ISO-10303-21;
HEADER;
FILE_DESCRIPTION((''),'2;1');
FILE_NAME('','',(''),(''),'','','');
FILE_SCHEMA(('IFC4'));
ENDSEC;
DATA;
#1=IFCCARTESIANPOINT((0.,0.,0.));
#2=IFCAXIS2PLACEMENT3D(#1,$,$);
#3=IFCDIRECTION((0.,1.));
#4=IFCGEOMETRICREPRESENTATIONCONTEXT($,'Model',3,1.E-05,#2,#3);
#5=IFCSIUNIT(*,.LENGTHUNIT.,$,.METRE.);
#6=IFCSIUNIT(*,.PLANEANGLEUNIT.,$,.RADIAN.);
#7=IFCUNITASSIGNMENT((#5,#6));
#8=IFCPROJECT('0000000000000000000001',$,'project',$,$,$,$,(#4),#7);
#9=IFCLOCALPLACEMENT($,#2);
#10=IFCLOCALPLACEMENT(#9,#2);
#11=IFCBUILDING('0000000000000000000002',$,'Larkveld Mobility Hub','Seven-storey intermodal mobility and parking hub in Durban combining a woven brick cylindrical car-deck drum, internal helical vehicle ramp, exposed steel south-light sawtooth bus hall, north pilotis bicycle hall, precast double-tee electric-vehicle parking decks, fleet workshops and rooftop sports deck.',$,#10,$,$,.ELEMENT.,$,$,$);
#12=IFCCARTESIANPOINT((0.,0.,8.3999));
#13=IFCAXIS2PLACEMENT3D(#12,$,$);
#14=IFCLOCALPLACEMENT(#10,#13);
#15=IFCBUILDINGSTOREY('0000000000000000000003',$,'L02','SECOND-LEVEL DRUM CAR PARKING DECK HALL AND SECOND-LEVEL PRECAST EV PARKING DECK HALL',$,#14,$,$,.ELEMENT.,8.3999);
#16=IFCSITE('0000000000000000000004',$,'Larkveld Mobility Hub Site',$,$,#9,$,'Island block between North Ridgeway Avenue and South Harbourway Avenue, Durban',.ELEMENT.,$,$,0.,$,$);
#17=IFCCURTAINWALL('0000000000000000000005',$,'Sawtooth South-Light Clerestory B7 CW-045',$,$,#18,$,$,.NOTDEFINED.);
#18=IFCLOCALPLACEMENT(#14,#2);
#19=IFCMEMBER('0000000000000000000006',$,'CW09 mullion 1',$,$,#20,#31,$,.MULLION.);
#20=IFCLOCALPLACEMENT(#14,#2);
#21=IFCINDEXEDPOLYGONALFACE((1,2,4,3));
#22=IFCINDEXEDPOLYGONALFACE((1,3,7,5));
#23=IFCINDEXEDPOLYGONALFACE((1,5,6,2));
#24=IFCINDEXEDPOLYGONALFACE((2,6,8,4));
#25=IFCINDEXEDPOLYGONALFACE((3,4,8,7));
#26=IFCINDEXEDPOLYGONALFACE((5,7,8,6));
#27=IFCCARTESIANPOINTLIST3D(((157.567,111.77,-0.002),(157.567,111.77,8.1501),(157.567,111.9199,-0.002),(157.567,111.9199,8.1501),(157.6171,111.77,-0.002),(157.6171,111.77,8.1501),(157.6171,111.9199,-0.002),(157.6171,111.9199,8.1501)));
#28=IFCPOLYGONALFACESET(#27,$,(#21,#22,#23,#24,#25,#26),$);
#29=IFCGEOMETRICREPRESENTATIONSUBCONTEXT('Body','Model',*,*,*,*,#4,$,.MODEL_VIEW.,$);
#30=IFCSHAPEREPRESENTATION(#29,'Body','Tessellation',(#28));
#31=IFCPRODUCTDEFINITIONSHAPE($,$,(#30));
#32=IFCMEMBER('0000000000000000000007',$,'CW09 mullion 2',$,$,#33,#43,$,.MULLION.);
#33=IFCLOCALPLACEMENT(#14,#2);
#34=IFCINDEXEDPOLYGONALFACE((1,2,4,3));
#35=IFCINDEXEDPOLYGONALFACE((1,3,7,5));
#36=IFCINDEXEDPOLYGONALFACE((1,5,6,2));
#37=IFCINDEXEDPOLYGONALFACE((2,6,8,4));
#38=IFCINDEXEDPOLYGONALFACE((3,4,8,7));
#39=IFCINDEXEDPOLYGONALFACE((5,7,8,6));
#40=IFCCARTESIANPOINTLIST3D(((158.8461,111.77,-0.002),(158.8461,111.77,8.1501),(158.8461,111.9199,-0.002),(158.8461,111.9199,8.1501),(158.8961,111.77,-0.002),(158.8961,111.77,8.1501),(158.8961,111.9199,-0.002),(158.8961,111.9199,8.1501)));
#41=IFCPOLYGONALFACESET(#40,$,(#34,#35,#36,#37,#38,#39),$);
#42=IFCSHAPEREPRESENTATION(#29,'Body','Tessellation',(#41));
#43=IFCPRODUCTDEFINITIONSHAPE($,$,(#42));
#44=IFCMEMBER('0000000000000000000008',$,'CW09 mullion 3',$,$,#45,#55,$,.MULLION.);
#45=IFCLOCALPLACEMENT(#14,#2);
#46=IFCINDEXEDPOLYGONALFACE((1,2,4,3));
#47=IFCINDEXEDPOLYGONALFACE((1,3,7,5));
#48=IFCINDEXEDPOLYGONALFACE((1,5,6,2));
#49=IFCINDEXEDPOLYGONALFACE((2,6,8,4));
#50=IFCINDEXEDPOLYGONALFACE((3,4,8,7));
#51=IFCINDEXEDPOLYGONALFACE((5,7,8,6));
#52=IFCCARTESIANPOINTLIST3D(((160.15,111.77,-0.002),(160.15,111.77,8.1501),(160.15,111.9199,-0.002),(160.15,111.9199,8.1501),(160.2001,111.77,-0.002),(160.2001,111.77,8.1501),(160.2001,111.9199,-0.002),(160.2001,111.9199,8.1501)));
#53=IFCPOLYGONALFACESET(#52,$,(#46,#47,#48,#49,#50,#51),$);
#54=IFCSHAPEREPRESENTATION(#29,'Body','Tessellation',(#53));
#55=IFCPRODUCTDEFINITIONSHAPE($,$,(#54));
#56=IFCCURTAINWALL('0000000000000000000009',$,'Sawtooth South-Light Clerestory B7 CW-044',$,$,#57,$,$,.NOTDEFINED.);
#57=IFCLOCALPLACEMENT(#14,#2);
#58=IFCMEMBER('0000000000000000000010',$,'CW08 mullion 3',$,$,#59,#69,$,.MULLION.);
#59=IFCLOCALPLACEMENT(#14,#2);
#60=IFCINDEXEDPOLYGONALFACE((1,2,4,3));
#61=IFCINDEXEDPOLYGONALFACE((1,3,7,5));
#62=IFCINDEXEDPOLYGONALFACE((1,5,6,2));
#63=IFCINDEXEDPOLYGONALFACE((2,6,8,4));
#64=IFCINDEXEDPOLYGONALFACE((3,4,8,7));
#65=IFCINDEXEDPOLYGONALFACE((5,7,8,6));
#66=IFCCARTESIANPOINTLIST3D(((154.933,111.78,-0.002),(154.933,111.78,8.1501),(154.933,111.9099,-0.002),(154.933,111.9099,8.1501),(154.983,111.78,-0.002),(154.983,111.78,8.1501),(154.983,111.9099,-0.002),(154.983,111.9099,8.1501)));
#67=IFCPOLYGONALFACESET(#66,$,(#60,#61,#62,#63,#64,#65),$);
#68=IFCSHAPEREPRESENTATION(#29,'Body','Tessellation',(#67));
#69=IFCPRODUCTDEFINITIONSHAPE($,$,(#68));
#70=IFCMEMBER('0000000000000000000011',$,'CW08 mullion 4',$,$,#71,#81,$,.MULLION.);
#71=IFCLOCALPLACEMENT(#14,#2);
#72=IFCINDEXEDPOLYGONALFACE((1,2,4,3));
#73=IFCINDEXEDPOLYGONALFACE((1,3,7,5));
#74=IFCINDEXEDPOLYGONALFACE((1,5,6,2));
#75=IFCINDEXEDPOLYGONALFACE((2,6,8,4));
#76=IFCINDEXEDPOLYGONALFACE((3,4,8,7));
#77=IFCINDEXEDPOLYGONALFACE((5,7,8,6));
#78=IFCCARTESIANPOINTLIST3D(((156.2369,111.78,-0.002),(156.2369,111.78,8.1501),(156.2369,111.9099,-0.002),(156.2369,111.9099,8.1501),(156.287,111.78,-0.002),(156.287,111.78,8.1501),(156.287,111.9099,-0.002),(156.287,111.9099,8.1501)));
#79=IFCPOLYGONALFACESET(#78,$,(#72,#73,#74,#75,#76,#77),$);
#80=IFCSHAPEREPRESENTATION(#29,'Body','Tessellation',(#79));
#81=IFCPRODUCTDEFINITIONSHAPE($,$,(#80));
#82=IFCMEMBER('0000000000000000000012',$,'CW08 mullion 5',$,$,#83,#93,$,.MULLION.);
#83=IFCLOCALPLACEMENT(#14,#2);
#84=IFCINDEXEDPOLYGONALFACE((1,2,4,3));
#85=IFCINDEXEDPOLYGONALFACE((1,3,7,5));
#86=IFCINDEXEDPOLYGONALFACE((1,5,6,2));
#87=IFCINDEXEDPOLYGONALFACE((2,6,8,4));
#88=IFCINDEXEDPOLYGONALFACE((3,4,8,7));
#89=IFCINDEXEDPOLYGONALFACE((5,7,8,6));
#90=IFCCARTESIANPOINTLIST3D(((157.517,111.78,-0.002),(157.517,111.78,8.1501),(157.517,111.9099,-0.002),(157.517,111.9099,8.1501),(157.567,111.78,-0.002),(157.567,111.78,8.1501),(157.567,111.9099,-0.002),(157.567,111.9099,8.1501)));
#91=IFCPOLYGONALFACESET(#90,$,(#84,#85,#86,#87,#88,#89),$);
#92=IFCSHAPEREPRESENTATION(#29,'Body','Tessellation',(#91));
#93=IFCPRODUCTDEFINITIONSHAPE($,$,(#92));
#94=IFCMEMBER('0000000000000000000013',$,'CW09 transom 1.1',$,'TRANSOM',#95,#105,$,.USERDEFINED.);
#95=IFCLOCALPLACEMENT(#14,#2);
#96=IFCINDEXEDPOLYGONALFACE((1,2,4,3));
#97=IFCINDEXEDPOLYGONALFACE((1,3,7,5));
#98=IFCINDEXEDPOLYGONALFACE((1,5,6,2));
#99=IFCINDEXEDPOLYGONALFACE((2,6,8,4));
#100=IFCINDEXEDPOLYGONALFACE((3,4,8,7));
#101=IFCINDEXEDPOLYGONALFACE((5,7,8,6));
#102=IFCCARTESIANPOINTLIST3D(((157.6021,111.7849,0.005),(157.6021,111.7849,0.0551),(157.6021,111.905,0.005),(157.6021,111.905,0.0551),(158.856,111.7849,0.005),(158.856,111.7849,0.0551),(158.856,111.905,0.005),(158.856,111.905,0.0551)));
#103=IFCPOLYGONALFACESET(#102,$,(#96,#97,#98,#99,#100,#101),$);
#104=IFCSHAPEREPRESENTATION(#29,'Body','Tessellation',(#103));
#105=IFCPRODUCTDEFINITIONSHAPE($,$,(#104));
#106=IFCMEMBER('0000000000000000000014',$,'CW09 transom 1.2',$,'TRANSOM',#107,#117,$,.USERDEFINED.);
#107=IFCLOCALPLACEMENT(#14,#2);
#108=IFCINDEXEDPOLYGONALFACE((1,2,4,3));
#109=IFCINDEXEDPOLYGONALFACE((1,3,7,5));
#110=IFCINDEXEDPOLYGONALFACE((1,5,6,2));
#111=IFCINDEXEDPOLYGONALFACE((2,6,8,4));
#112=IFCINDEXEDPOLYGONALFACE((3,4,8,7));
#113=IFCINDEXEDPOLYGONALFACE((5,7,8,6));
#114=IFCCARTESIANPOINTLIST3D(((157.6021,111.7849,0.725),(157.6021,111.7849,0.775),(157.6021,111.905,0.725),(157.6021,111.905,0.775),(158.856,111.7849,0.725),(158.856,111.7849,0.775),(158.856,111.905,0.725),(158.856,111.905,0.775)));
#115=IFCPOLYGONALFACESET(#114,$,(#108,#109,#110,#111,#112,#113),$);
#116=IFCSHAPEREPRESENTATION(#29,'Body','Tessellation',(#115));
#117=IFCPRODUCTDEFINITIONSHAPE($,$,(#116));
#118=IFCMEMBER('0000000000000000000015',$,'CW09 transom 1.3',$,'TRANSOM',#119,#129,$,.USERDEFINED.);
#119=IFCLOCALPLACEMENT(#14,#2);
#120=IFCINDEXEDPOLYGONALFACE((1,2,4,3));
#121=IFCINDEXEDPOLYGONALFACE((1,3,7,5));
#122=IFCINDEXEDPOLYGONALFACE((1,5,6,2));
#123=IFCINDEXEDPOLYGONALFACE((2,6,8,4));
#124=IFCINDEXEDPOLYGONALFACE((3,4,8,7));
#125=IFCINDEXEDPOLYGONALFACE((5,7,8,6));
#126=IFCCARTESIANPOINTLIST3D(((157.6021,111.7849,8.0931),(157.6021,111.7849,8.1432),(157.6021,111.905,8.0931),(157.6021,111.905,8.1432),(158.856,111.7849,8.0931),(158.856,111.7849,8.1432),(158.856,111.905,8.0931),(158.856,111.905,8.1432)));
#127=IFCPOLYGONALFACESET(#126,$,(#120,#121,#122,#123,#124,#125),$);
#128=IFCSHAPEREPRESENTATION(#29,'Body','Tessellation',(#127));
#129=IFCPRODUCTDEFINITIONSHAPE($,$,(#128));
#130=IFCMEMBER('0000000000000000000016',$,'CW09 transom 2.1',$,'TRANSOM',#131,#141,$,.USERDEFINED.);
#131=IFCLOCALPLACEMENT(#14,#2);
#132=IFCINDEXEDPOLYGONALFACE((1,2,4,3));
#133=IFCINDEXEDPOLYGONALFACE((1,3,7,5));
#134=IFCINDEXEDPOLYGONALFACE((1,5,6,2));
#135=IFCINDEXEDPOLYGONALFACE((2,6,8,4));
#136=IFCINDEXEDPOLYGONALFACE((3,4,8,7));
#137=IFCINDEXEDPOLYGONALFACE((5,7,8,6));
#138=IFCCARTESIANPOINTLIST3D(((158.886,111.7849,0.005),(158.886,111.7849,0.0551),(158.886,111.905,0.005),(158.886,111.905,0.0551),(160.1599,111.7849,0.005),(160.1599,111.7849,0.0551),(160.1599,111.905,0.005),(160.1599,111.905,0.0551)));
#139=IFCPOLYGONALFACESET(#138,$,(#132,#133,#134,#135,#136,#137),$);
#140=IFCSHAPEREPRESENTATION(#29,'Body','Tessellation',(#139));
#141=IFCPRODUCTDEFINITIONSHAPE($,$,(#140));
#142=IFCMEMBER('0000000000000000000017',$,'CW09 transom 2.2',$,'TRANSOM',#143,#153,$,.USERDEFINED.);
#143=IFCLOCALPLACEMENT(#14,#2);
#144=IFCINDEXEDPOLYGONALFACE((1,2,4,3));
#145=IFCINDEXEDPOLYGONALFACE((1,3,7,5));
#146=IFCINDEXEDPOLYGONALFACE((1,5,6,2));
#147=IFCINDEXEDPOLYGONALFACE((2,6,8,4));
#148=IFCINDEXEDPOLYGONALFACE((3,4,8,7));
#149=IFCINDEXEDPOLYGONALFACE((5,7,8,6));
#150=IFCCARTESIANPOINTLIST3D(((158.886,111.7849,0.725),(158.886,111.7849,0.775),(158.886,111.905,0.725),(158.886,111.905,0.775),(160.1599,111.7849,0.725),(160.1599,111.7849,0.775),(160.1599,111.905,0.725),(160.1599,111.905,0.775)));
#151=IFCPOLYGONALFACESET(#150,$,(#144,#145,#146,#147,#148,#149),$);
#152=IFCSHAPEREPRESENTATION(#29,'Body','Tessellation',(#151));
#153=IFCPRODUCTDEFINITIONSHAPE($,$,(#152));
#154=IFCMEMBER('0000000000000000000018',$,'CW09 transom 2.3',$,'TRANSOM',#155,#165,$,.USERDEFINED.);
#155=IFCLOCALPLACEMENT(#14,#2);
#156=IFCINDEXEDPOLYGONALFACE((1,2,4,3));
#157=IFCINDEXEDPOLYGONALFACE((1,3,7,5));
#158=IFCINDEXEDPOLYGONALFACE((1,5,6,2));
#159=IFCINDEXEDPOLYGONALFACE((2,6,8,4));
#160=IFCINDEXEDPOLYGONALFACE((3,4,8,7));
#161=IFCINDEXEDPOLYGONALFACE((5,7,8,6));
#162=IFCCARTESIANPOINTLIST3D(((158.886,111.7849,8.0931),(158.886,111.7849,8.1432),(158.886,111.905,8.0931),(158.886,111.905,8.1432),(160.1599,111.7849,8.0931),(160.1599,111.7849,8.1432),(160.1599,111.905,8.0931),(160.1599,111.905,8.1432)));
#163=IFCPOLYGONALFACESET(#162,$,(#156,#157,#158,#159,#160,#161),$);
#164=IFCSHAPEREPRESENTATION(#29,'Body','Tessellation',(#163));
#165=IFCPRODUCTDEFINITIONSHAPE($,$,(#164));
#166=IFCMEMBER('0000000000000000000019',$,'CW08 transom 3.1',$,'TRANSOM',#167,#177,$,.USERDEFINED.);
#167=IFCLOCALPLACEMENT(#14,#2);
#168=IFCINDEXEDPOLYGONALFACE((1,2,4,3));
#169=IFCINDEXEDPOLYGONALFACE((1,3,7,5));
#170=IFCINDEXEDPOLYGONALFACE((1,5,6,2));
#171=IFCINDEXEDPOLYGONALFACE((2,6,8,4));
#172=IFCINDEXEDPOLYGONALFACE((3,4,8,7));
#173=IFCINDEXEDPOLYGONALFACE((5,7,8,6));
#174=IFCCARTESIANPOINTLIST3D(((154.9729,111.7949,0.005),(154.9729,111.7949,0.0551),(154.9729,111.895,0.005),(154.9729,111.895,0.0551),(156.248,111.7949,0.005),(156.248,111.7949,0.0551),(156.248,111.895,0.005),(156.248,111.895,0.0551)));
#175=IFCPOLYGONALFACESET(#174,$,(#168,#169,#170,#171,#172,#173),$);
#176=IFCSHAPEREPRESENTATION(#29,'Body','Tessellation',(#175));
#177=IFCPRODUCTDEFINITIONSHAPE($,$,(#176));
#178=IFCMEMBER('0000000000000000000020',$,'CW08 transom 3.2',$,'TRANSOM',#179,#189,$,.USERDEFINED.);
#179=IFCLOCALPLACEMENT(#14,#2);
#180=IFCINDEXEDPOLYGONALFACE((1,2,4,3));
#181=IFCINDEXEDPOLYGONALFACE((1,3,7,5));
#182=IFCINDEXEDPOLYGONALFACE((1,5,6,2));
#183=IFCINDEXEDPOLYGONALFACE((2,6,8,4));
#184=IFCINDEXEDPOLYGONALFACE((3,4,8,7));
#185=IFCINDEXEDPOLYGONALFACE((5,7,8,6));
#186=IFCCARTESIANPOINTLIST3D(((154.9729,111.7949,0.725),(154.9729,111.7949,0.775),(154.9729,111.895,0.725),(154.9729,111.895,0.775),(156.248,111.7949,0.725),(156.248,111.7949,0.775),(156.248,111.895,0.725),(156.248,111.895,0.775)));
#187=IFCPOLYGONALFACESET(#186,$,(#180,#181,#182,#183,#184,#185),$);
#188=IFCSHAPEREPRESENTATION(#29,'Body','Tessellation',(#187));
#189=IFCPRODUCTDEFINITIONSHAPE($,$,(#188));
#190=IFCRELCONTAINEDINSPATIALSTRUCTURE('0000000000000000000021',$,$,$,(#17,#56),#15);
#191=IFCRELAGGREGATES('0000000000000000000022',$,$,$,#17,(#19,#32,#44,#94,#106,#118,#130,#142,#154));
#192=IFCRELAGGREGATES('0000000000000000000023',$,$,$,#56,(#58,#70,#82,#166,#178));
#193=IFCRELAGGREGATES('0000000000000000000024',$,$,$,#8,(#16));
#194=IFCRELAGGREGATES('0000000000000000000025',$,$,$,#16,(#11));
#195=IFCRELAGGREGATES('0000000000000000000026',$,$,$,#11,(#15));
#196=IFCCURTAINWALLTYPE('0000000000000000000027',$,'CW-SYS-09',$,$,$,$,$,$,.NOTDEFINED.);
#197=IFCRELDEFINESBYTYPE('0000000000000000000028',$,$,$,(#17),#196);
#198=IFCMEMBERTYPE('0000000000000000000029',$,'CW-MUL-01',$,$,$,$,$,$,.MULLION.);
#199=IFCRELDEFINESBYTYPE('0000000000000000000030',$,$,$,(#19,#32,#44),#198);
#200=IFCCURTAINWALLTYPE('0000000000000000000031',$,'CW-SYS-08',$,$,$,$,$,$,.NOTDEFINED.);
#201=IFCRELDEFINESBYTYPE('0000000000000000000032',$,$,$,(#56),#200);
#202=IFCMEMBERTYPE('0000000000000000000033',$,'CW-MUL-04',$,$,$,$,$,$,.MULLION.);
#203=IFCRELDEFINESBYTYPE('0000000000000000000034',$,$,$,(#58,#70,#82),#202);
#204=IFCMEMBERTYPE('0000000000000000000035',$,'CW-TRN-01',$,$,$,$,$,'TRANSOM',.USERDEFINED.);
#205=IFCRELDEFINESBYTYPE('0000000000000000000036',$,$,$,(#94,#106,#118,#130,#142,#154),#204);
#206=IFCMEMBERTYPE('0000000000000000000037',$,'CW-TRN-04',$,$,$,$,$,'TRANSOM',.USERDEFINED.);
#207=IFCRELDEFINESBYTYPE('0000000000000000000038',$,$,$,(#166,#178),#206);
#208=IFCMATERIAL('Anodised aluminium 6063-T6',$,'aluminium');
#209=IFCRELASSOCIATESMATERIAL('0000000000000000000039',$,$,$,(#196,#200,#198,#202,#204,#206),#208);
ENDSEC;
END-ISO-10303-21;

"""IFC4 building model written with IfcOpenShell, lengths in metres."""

from ifc_helpers import new_model, si_unit, direction, frame, origin, origin_2d, place, context, subcontext, project, spatial, rectangle, extrude, material, material_profile, profile_set, type_object, element, aggregate, save


model = new_model("IFC4")

# Units and contexts
model_context = context("Model", 3, precision=1e-05, world=origin(), true_north=direction((0.0, 1.0)))
body_context = subcontext(model_context, "Body", "Model", "MODEL_VIEW")
ifc_project = project(units=[si_unit("LENGTHUNIT", "METRE"), si_unit("PLANEANGLEUNIT", "RADIAN")], contexts=[model_context])

# Site, building, storey
site_placement = place(None, origin())
site = spatial("IfcSite", under=ifc_project, at=site_placement, Name="Larkveld Mobility Hub Site", LongName="Island block between North Ridgeway Avenue and South Harbourway Avenue, Durban", CompositionType="ELEMENT", RefElevation=0.0)
building_placement = place(site_placement, origin())
building = spatial("IfcBuilding", under=site, at=building_placement, Name="Larkveld Mobility Hub", Description="Seven-storey intermodal mobility and parking hub in Durban combining a woven brick cylindrical car-deck drum, internal helical vehicle ramp, exposed steel south-light sawtooth bus hall, north pilotis bicycle hall, precast double-tee electric-vehicle parking decks, fleet workshops and rooftop sports deck.", CompositionType="ELEMENT")
storey_placement = place(building_placement, frame((0.0, 0.0, 8.3999)))
storey = spatial("IfcBuildingStorey", under=building, at=storey_placement, Name="L02", Description="SECOND-LEVEL DRUM CAR PARKING DECK HALL AND SECOND-LEVEL PRECAST EV PARKING DECK HALL", CompositionType="ELEMENT", Elevation=8.3999)

# Curtain walls, members
ifc_material_1 = material(Name="Anodised aluminium 6063-T6", Category="aluminium")
curtain_wall_type_1 = type_object("IfcCurtainWallType", Name="CW-SYS-09", PredefinedType="NOTDEFINED", material=ifc_material_1)
curtain_wall_1_placement = place(storey_placement, origin())
curtain_wall_1 = element("IfcCurtainWall", 1, at=curtain_wall_1_placement, inside=storey, type_object=curtain_wall_type_1, Name="Sawtooth South-Light Clerestory B7 CW-045", PredefinedType="NOTDEFINED")
ifc_material_profile_1 = material_profile(ifc_material_1, rectangle(XDim=0.05, YDim=0.1499, at=origin_2d()), Name="ALU MULL 50x150")
ifc_profile_set_1 = profile_set([ifc_material_profile_1], Name="Anodised aluminium 6063-T6")
member_type_1 = type_object("IfcMemberType", Name="CW-MUL-01", PredefinedType="MULLION", material=ifc_profile_set_1)
member_1_placement = place(storey_placement, frame((157.592, 111.845, -0.002), z_axis=(0.0, 0.0, 1.0), x_axis=(1.0, 0.0, 0.0)))
member_1 = element("IfcMember", 2, at=member_1_placement, type_object=member_type_1, Name="CW09 mullion 1", PredefinedType="MULLION", context=body_context, shape_type="SweptSolid", body=[
    extrude(rectangle(XDim=0.05, YDim=0.1499, at=origin_2d()), origin(), (0.0, 0.0, 1.0), 8.1521),
])
member_2_placement = place(storey_placement, frame((158.8711, 111.845, -0.002), z_axis=(0.0, 0.0, 1.0), x_axis=(1.0, 0.0, 0.0)))
member_2 = element("IfcMember", 3, at=member_2_placement, type_object=member_type_1, Name="CW09 mullion 2", PredefinedType="MULLION", context=body_context, shape_type="SweptSolid", body=[
    extrude(rectangle(XDim=0.05, YDim=0.1499, at=origin_2d()), origin(), (0.0, 0.0, 1.0), 8.1521),
])
member_3_placement = place(storey_placement, frame((160.175, 111.845, -0.002), z_axis=(0.0, 0.0, 1.0), x_axis=(1.0, 0.0, 0.0)))
member_3 = element("IfcMember", 4, at=member_3_placement, type_object=member_type_1, Name="CW09 mullion 3", PredefinedType="MULLION", context=body_context, shape_type="SweptSolid", body=[
    extrude(rectangle(XDim=0.05, YDim=0.1499, at=origin_2d()), origin(), (0.0, 0.0, 1.0), 8.1521),
])
curtain_wall_type_2 = type_object("IfcCurtainWallType", Name="CW-SYS-08", PredefinedType="NOTDEFINED", material=ifc_material_1)
curtain_wall_2_placement = place(storey_placement, origin())
curtain_wall_2 = element("IfcCurtainWall", 5, at=curtain_wall_2_placement, inside=storey, type_object=curtain_wall_type_2, Name="Sawtooth South-Light Clerestory B7 CW-044", PredefinedType="NOTDEFINED")
ifc_material_profile_2 = material_profile(ifc_material_1, rectangle(XDim=0.05, YDim=0.1299, at=origin_2d()), Name="ALU MULL 50x130")
ifc_profile_set_2 = profile_set([ifc_material_profile_2], Name="Anodised aluminium 6063-T6")
member_type_2 = type_object("IfcMemberType", Name="CW-MUL-04", PredefinedType="MULLION", material=ifc_profile_set_2)
member_4_placement = place(storey_placement, frame((154.958, 111.845, -0.002), z_axis=(0.0, 0.0, 1.0), x_axis=(1.0, 0.0, 0.0)))
member_4 = element("IfcMember", 6, at=member_4_placement, type_object=member_type_2, Name="CW08 mullion 3", PredefinedType="MULLION", context=body_context, shape_type="SweptSolid", body=[
    extrude(rectangle(XDim=0.05, YDim=0.1299, at=origin_2d()), origin(), (0.0, 0.0, 1.0), 8.1521),
])
member_5_placement = place(storey_placement, frame((156.262, 111.845, -0.002), z_axis=(0.0, 0.0, 1.0), x_axis=(1.0, 0.0, 0.0)))
member_5 = element("IfcMember", 7, at=member_5_placement, type_object=member_type_2, Name="CW08 mullion 4", PredefinedType="MULLION", context=body_context, shape_type="SweptSolid", body=[
    extrude(rectangle(XDim=0.05, YDim=0.1299, at=origin_2d()), origin(), (0.0, 0.0, 1.0), 8.1521),
])
member_6_placement = place(storey_placement, frame((157.542, 111.845, -0.002), z_axis=(0.0, 0.0, 1.0), x_axis=(1.0, 0.0, 0.0)))
member_6 = element("IfcMember", 8, at=member_6_placement, type_object=member_type_2, Name="CW08 mullion 5", PredefinedType="MULLION", context=body_context, shape_type="SweptSolid", body=[
    extrude(rectangle(XDim=0.05, YDim=0.1299, at=origin_2d()), origin(), (0.0, 0.0, 1.0), 8.1521),
])

# Members
ifc_material_profile_3 = material_profile(ifc_material_1, rectangle(XDim=0.1201, YDim=0.05, at=origin_2d()), Name="ALU TRAN 50x120")
ifc_profile_set_3 = profile_set([ifc_material_profile_3], Name="Anodised aluminium 6063-T6")
member_type_3 = type_object("IfcMemberType", Name="CW-TRN-01", ElementType="TRANSOM", PredefinedType="USERDEFINED", material=ifc_profile_set_3)
member_7_placement = place(storey_placement, frame((157.6021, 111.845, 0.03), z_axis=(1.0, 0.0, 0.0), x_axis=(0.0, 1.0, 0.0)))
member_7 = element("IfcMember", 9, at=member_7_placement, type_object=member_type_3, Name="CW09 transom 1.1", ObjectType="TRANSOM", PredefinedType="USERDEFINED", context=body_context, shape_type="SweptSolid", body=[
    extrude(rectangle(XDim=0.1201, YDim=0.05, at=origin_2d()), origin(), (0.0, 0.0, 1.0), 1.2539),
])
member_8_placement = place(storey_placement, frame((157.6021, 111.845, 0.75), z_axis=(1.0, 0.0, 0.0), x_axis=(0.0, 1.0, 0.0)))
member_8 = element("IfcMember", 10, at=member_8_placement, type_object=member_type_3, Name="CW09 transom 1.2", ObjectType="TRANSOM", PredefinedType="USERDEFINED", context=body_context, shape_type="SweptSolid", body=[
    extrude(rectangle(XDim=0.1201, YDim=0.05, at=origin_2d()), origin(), (0.0, 0.0, 1.0), 1.2539),
])
member_9_placement = place(storey_placement, frame((157.6021, 111.845, 8.1182), z_axis=(1.0, 0.0, 0.0), x_axis=(0.0, 1.0, 0.0)))
member_9 = element("IfcMember", 11, at=member_9_placement, type_object=member_type_3, Name="CW09 transom 1.3", ObjectType="TRANSOM", PredefinedType="USERDEFINED", context=body_context, shape_type="SweptSolid", body=[
    extrude(rectangle(XDim=0.1201, YDim=0.05, at=origin_2d()), origin(), (0.0, 0.0, 1.0), 1.2539),
])
member_10_placement = place(storey_placement, frame((158.886, 111.845, 0.03), z_axis=(1.0, 0.0, 0.0), x_axis=(0.0, 1.0, 0.0)))
member_10 = element("IfcMember", 12, at=member_10_placement, type_object=member_type_3, Name="CW09 transom 2.1", ObjectType="TRANSOM", PredefinedType="USERDEFINED", context=body_context, shape_type="SweptSolid", body=[
    extrude(rectangle(XDim=0.1201, YDim=0.05, at=origin_2d()), origin(), (0.0, 0.0, 1.0), 1.2739),
])
member_11_placement = place(storey_placement, frame((158.886, 111.845, 0.75), z_axis=(1.0, 0.0, 0.0), x_axis=(0.0, 1.0, 0.0)))
member_11 = element("IfcMember", 13, at=member_11_placement, type_object=member_type_3, Name="CW09 transom 2.2", ObjectType="TRANSOM", PredefinedType="USERDEFINED", context=body_context, shape_type="SweptSolid", body=[
    extrude(rectangle(XDim=0.1201, YDim=0.05, at=origin_2d()), origin(), (0.0, 0.0, 1.0), 1.2739),
])
member_12_placement = place(storey_placement, frame((158.886, 111.845, 8.1182), z_axis=(1.0, 0.0, 0.0), x_axis=(0.0, 1.0, 0.0)))
member_12 = element("IfcMember", 14, at=member_12_placement, type_object=member_type_3, Name="CW09 transom 2.3", ObjectType="TRANSOM", PredefinedType="USERDEFINED", context=body_context, shape_type="SweptSolid", body=[
    extrude(rectangle(XDim=0.1201, YDim=0.05, at=origin_2d()), origin(), (0.0, 0.0, 1.0), 1.2739),
])
ifc_material_profile_4 = material_profile(ifc_material_1, rectangle(XDim=0.1001, YDim=0.05, at=origin_2d()), Name="ALU TRAN 50x100")
ifc_profile_set_4 = profile_set([ifc_material_profile_4], Name="Anodised aluminium 6063-T6")
member_type_4 = type_object("IfcMemberType", Name="CW-TRN-04", ElementType="TRANSOM", PredefinedType="USERDEFINED", material=ifc_profile_set_4)
member_13_placement = place(storey_placement, frame((154.9729, 111.845, 0.03), z_axis=(1.0, 0.0, 0.0), x_axis=(0.0, 1.0, 0.0)))
member_13 = element("IfcMember", 15, at=member_13_placement, type_object=member_type_4, Name="CW08 transom 3.1", ObjectType="TRANSOM", PredefinedType="USERDEFINED", context=body_context, shape_type="SweptSolid", body=[
    extrude(rectangle(XDim=0.1001, YDim=0.05, at=origin_2d()), origin(), (0.0, 0.0, 1.0), 1.2751),
])
member_14_placement = place(storey_placement, frame((154.9729, 111.845, 0.75), z_axis=(1.0, 0.0, 0.0), x_axis=(0.0, 1.0, 0.0)))
member_14 = element("IfcMember", 16, at=member_14_placement, type_object=member_type_4, Name="CW08 transom 3.2", ObjectType="TRANSOM", PredefinedType="USERDEFINED", context=body_context, shape_type="SweptSolid", body=[
    extrude(rectangle(XDim=0.1001, YDim=0.05, at=origin_2d()), origin(), (0.0, 0.0, 1.0), 1.2751),
])

aggregate(curtain_wall_1, [member_1, member_2, member_3, member_7, member_8, member_9, member_10, member_11, member_12])
aggregate(curtain_wall_2, [member_4, member_5, member_6, member_13, member_14])

save(model, "model.ifc")
